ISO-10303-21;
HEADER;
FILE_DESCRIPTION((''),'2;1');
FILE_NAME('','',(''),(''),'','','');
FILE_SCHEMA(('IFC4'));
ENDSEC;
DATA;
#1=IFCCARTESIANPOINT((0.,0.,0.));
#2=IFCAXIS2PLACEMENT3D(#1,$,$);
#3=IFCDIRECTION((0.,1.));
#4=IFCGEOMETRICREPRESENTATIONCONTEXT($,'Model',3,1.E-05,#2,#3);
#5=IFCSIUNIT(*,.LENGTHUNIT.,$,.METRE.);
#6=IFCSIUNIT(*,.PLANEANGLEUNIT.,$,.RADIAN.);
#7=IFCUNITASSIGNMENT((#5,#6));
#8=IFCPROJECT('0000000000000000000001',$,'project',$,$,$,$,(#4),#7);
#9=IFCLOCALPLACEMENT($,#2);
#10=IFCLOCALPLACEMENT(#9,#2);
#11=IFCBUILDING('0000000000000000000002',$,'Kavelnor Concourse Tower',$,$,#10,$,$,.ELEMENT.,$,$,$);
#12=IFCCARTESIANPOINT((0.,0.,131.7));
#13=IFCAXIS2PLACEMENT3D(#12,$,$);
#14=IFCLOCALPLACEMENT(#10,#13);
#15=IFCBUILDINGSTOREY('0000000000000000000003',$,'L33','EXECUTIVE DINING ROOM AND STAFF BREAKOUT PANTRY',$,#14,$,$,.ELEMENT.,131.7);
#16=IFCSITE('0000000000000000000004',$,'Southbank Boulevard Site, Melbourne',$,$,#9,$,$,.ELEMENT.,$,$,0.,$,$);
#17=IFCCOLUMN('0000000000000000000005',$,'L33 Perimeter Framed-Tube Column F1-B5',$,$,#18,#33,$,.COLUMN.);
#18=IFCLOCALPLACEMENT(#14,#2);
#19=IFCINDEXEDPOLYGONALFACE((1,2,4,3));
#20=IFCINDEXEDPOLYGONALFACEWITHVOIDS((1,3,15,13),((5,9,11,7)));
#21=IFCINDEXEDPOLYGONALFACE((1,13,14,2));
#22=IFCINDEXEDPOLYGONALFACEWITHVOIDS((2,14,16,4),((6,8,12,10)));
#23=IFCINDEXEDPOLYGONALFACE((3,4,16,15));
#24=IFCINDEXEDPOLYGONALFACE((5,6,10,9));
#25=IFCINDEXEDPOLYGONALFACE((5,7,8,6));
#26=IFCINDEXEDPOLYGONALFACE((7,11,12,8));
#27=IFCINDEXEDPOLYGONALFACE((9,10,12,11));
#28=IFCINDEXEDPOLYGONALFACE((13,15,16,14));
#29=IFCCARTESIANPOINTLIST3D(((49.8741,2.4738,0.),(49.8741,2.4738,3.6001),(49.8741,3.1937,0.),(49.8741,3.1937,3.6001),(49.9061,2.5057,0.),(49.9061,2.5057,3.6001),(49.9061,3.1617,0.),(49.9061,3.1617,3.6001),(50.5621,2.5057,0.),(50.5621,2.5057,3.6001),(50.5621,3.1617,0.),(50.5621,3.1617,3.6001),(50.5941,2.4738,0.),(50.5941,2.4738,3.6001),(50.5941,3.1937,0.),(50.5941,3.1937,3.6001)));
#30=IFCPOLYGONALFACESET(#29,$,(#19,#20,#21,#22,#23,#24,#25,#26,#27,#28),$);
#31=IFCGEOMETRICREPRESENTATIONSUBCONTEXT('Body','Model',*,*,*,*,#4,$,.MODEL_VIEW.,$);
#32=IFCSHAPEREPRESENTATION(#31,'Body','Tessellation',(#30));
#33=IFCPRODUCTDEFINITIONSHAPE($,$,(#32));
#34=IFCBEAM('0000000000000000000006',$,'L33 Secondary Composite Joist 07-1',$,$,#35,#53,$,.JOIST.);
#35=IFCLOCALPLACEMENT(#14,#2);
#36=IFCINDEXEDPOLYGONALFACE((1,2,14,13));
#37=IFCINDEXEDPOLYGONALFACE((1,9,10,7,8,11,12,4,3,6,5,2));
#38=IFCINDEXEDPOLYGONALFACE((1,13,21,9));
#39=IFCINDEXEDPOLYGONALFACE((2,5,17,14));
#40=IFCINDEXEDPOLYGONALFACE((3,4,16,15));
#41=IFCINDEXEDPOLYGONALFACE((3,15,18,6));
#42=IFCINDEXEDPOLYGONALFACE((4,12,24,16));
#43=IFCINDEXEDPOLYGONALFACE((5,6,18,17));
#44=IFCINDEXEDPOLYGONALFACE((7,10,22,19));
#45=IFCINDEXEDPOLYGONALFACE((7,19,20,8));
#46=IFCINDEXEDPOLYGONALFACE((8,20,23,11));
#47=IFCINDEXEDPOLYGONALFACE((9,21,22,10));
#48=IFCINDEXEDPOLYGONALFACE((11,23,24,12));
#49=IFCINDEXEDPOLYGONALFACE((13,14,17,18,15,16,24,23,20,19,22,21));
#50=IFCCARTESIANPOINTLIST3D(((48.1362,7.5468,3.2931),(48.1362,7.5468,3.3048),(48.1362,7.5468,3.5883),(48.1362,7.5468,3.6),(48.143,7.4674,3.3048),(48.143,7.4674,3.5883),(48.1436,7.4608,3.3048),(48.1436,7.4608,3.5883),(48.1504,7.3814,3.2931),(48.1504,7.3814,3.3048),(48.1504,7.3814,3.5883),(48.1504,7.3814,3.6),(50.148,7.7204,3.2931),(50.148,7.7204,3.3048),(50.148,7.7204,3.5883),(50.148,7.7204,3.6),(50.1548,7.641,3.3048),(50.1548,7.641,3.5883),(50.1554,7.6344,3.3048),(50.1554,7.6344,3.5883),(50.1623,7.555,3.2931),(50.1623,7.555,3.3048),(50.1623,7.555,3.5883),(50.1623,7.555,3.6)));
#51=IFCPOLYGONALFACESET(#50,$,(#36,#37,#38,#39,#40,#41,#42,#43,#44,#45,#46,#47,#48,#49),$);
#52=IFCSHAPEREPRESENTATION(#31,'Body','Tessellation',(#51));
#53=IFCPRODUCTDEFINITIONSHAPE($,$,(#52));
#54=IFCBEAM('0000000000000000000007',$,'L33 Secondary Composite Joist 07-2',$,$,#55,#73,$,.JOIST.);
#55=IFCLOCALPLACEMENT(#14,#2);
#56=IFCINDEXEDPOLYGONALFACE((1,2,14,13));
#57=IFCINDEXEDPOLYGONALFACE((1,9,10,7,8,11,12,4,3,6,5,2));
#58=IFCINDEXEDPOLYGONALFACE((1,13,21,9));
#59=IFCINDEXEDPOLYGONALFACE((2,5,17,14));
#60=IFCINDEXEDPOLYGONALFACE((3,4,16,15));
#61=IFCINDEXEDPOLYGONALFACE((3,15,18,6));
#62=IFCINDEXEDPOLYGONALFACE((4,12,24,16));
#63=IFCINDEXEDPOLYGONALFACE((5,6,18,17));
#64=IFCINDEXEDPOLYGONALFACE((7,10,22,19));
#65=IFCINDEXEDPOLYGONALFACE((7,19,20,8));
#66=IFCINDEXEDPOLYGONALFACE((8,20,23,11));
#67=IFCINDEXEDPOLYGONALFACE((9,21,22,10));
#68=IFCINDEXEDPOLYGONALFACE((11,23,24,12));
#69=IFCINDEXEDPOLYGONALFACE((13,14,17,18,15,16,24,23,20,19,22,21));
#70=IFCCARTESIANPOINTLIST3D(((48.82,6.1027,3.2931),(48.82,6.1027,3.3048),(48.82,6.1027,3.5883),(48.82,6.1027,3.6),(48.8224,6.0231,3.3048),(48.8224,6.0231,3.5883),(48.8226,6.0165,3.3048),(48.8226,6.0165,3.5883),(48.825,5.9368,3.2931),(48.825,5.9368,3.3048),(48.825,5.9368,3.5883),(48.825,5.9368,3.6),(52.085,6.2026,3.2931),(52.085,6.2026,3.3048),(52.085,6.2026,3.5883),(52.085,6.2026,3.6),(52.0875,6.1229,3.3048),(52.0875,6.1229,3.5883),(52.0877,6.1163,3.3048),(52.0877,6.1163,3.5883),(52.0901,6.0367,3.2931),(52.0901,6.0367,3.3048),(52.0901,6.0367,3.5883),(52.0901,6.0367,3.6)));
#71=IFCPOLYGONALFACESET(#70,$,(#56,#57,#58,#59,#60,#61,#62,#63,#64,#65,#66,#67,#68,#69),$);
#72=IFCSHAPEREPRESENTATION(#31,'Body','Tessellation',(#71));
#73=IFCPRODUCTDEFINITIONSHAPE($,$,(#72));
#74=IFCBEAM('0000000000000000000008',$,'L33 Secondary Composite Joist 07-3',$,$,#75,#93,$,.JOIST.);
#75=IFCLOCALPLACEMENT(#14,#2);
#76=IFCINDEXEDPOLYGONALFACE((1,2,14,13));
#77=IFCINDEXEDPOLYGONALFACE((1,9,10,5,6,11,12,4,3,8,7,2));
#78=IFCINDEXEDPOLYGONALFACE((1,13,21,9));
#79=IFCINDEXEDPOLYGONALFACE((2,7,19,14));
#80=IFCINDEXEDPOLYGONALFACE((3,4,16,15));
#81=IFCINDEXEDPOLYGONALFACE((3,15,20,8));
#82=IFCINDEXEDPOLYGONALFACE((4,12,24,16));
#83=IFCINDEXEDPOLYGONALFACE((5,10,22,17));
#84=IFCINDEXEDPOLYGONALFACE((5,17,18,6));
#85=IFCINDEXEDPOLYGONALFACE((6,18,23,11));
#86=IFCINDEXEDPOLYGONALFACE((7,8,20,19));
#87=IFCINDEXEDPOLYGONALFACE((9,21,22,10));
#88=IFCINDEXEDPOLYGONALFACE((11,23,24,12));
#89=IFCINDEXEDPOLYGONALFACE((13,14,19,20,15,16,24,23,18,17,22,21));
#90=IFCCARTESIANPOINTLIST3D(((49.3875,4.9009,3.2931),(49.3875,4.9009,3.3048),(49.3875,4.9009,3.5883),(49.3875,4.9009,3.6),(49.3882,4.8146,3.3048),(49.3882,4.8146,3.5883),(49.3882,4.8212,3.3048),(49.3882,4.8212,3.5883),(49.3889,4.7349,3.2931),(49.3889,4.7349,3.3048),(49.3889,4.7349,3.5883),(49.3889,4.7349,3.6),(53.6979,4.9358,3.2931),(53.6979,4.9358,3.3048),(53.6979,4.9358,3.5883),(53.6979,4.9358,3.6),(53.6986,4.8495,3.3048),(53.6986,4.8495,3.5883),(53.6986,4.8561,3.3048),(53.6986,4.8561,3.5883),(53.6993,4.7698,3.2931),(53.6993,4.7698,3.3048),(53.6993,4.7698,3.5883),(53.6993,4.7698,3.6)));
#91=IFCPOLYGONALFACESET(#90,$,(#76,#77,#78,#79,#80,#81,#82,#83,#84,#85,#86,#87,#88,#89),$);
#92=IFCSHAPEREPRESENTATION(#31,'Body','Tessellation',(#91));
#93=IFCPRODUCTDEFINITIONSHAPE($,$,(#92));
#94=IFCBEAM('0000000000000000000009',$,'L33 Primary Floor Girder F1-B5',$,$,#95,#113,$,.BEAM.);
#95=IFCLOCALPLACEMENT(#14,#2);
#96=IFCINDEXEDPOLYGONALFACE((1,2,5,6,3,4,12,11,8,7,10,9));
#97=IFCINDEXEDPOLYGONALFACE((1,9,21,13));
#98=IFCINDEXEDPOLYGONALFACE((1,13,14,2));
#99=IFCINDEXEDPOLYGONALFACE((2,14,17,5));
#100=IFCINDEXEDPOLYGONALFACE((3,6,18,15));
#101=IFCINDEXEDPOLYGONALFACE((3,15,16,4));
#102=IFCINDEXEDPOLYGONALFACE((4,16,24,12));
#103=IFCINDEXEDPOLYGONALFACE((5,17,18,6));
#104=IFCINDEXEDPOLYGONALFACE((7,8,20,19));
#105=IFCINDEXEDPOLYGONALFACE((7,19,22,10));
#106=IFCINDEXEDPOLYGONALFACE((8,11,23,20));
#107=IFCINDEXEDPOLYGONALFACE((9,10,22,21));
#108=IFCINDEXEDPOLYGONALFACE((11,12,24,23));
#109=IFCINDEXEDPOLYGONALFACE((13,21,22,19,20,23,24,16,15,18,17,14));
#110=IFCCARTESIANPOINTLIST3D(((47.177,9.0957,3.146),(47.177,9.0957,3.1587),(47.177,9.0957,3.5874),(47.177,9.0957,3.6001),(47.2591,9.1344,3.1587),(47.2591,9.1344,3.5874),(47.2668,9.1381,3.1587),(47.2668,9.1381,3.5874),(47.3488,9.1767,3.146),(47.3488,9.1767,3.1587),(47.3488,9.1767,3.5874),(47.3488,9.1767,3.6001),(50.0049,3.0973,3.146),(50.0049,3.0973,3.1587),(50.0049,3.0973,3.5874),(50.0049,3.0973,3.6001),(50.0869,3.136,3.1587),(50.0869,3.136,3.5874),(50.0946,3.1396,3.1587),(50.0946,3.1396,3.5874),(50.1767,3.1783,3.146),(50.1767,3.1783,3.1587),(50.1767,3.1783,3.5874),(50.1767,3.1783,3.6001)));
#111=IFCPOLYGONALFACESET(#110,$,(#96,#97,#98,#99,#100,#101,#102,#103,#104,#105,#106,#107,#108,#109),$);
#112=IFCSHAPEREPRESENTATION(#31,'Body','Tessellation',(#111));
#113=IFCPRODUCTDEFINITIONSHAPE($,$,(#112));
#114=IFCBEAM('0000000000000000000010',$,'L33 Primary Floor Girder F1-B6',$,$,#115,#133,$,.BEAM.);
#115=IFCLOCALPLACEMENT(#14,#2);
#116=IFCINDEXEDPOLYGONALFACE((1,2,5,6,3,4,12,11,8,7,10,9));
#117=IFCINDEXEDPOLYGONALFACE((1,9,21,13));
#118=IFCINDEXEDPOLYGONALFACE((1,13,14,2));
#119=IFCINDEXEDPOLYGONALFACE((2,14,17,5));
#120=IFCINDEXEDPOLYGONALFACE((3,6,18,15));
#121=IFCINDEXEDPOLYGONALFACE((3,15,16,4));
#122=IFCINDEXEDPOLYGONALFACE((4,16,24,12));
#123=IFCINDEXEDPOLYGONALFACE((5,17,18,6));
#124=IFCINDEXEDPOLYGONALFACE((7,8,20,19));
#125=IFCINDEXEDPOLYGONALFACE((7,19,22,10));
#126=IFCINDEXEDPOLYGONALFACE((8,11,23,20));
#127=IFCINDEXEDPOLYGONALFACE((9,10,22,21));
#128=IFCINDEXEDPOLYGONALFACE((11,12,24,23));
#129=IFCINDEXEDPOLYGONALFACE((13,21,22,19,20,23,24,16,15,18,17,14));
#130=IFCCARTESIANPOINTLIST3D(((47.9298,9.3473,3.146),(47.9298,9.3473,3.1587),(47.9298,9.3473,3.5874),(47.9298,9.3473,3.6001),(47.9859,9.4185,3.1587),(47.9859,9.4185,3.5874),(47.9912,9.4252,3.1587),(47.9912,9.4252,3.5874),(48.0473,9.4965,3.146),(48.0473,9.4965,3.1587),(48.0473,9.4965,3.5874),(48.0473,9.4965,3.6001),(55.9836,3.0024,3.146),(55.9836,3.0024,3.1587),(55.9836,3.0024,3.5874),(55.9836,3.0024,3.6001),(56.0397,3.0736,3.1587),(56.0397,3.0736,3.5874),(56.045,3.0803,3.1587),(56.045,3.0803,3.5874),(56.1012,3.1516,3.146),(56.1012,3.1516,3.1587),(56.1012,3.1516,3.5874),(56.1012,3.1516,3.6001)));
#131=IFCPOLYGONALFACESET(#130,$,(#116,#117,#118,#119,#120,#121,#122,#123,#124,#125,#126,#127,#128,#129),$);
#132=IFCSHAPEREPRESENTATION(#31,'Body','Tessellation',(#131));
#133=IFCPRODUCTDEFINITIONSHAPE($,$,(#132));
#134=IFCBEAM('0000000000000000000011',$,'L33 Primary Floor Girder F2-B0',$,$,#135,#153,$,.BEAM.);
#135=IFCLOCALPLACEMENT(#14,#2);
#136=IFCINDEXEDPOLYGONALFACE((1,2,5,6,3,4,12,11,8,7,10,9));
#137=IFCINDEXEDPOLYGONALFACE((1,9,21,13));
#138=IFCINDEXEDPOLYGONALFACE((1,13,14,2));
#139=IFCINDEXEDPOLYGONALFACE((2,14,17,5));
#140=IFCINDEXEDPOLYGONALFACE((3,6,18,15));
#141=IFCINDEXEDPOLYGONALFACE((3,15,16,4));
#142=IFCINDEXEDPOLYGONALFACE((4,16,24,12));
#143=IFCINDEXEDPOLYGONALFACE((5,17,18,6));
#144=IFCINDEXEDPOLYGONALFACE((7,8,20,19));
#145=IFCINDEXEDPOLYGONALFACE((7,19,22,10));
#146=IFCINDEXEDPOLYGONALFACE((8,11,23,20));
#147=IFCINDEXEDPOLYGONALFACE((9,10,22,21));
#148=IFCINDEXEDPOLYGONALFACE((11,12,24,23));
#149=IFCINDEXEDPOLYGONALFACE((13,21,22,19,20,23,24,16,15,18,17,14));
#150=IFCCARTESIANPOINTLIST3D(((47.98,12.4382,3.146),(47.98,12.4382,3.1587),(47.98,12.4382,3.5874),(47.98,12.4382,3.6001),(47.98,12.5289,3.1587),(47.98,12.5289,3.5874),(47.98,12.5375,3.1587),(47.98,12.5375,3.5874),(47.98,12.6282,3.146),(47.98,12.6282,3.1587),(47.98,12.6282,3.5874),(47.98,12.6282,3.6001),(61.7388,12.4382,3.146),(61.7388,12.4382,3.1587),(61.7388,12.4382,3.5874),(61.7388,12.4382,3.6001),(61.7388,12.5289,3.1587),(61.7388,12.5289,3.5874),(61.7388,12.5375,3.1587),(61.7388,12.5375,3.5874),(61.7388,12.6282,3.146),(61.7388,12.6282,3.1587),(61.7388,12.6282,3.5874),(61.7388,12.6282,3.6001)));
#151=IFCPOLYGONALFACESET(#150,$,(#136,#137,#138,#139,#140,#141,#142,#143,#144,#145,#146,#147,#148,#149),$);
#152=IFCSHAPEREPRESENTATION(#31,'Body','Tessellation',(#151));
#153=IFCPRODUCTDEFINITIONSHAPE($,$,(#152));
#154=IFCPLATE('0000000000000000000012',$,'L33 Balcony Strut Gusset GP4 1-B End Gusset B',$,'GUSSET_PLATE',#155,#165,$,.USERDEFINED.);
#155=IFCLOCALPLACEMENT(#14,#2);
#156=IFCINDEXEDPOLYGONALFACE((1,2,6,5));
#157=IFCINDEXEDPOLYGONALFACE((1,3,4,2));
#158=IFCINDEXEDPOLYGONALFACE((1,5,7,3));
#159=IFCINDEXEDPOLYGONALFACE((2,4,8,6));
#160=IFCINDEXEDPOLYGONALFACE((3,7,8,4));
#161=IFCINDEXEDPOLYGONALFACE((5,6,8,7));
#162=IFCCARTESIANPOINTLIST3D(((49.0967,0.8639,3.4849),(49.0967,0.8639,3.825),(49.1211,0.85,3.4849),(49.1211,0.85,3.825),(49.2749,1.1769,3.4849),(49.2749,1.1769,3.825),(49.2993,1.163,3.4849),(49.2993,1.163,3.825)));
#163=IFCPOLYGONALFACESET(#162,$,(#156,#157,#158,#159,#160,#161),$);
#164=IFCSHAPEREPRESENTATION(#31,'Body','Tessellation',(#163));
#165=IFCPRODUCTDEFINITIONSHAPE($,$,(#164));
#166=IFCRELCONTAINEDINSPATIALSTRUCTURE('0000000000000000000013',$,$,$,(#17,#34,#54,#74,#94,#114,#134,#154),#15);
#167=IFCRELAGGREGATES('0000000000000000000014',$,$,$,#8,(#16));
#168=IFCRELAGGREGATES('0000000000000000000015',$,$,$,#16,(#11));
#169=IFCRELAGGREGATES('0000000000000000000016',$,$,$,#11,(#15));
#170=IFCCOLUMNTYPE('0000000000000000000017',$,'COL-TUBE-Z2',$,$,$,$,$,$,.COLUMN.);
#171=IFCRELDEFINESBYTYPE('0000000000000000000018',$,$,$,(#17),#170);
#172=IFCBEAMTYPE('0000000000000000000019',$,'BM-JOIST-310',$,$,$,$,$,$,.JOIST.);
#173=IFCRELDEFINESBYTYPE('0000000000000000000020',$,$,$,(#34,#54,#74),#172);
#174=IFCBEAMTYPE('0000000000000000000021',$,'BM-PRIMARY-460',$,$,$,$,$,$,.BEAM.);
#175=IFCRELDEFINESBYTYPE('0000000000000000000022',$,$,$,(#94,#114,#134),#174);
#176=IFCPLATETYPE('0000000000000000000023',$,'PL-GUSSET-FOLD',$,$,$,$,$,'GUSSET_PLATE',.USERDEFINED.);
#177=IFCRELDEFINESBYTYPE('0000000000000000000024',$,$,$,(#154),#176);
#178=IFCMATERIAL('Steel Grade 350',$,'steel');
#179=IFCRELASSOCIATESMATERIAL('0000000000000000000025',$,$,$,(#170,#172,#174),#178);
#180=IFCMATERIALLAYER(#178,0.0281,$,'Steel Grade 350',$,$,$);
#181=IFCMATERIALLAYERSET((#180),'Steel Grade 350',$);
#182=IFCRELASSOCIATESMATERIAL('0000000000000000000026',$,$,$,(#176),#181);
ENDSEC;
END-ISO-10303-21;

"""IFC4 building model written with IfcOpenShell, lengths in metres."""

from ifc_helpers import new_model, si_unit, direction, frame, origin, origin_2d, place, context, subcontext, project, spatial, rectangle, hollow_rectangle, i_section, extrude, material, layer, layer_set, material_profile, profile_set, type_object, element, save


model = new_model("IFC4")

# Units and contexts
model_context = context("Model", 3, precision=1e-05, world=origin(), true_north=direction((0.0, 1.0)))
body_context = subcontext(model_context, "Body", "Model", "MODEL_VIEW")
ifc_project = project(units=[si_unit("LENGTHUNIT", "METRE"), si_unit("PLANEANGLEUNIT", "RADIAN")], contexts=[model_context])

# Site, building, storey
site_placement = place(None, origin())
site = spatial("IfcSite", under=ifc_project, at=site_placement, Name="Southbank Boulevard Site, Melbourne", CompositionType="ELEMENT", RefElevation=0.0)
building_placement = place(site_placement, origin())
building = spatial("IfcBuilding", under=site, at=building_placement, Name="Kavelnor Concourse Tower", CompositionType="ELEMENT")
storey_placement = place(building_placement, frame((0.0, 0.0, 131.7)))
storey = spatial("IfcBuildingStorey", under=building, at=storey_placement, Name="L33", Description="EXECUTIVE DINING ROOM AND STAFF BREAKOUT PANTRY", CompositionType="ELEMENT", Elevation=131.7)

# Column
ifc_material_1 = material(Name="Steel Grade 350", Category="steel")
ifc_material_profile_1 = material_profile(ifc_material_1, hollow_rectangle(XDim=0.72, YDim=0.72, WallThickness=0.032, at=origin_2d()), Name="SHS 720x720x32")
ifc_profile_set_1 = profile_set([ifc_material_profile_1], Name="Steel Grade 350")
column_type = type_object("IfcColumnType", Name="COL-TUBE-Z2", PredefinedType="COLUMN", material=ifc_profile_set_1)
column_placement = place(storey_placement, frame((50.2341, 2.8337, 0.0), z_axis=(0.0, 0.0, 1.0), x_axis=(1.0, 0.0, 0.0)))
element("IfcColumn", 1, at=column_placement, inside=storey, type_object=column_type, Name="L33 Perimeter Framed-Tube Column F1-B5", PredefinedType="COLUMN", context=body_context, shape_type="SweptSolid", body=[
    extrude(hollow_rectangle(XDim=0.72, YDim=0.72, WallThickness=0.032, at=origin_2d()), origin(), (0.0, 0.0, 1.0), 3.6001),
])

# Beams
ifc_material_profile_2 = material_profile(ifc_material_1, i_section(OverallWidth=0.166, OverallDepth=0.3069, WebThickness=0.0066, FlangeThickness=0.0117, at=origin_2d()), Name="310UB46")
ifc_profile_set_2 = profile_set([ifc_material_profile_2], Name="Steel Grade 350")
beam_type_1 = type_object("IfcBeamType", Name="BM-JOIST-310", PredefinedType="JOIST", material=ifc_profile_set_2)
beam_1_placement = place(storey_placement, frame((48.1433, 7.4641, 3.4465), z_axis=(0.996298, 0.085967, 0.0), x_axis=(-0.085967, 0.996298, 0.0)))
element("IfcBeam", 2, at=beam_1_placement, inside=storey, type_object=beam_type_1, Name="L33 Secondary Composite Joist 07-1", PredefinedType="JOIST", context=body_context, shape_type="SweptSolid", body=[
    extrude(i_section(OverallWidth=0.166, OverallDepth=0.3069, WebThickness=0.0066, FlangeThickness=0.0117, at=origin_2d()), origin(), (0.0, 0.0, 1.0), 2.0193),
])
beam_2_placement = place(storey_placement, frame((48.8225, 6.0198, 3.4465), z_axis=(0.999533, 0.030567, 0.0), x_axis=(-0.030567, 0.999533, 0.0)))
element("IfcBeam", 3, at=beam_2_placement, inside=storey, type_object=beam_type_1, Name="L33 Secondary Composite Joist 07-2", PredefinedType="JOIST", context=body_context, shape_type="SweptSolid", body=[
    extrude(i_section(OverallWidth=0.166, OverallDepth=0.3069, WebThickness=0.0066, FlangeThickness=0.0117, at=origin_2d()), origin(), (0.0, 0.0, 1.0), 3.2666),
])
beam_3_placement = place(storey_placement, frame((49.3882, 4.8179, 3.4465), z_axis=(0.999967, 0.008099, 0.0), x_axis=(-0.008099, 0.999967, 0.0)))
element("IfcBeam", 4, at=beam_3_placement, inside=storey, type_object=beam_type_1, Name="L33 Secondary Composite Joist 07-3", PredefinedType="JOIST", context=body_context, shape_type="SweptSolid", body=[
    extrude(i_section(OverallWidth=0.166, OverallDepth=0.3069, WebThickness=0.0066, FlangeThickness=0.0117, at=origin_2d()), origin(), (0.0, 0.0, 1.0), 4.3105),
])
ifc_material_profile_3 = material_profile(ifc_material_1, i_section(OverallWidth=0.1899, OverallDepth=0.4541, WebThickness=0.0085, FlangeThickness=0.0127, at=origin_2d()), Name="460UB67")
ifc_profile_set_3 = profile_set([ifc_material_profile_3], Name="Steel Grade 350")
beam_type_2 = type_object("IfcBeamType", Name="BM-PRIMARY-460", PredefinedType="BEAM", material=ifc_profile_set_3)
beam_4_placement = place(storey_placement, frame((47.2629, 9.1362, 3.373), z_axis=(0.426419, -0.904526, 0.0), x_axis=(0.904526, 0.426419, 0.0)))
element("IfcBeam", 5, at=beam_4_placement, inside=storey, type_object=beam_type_2, Name="L33 Primary Floor Girder F1-B5", PredefinedType="BEAM", context=body_context, shape_type="SweptSolid", body=[
    extrude(i_section(OverallWidth=0.1899, OverallDepth=0.4541, WebThickness=0.0085, FlangeThickness=0.0127, at=origin_2d()), origin(), (0.0, 0.0, 1.0), 6.6316),
])
beam_5_placement = place(storey_placement, frame((47.9885, 9.4219, 3.373), z_axis=(0.785519, -0.618838, 0.0), x_axis=(0.618838, 0.785519, 0.0)))
element("IfcBeam", 6, at=beam_5_placement, inside=storey, type_object=beam_type_2, Name="L33 Primary Floor Girder F1-B6", PredefinedType="BEAM", context=body_context, shape_type="SweptSolid", body=[
    extrude(i_section(OverallWidth=0.1899, OverallDepth=0.4541, WebThickness=0.0085, FlangeThickness=0.0127, at=origin_2d()), origin(), (0.0, 0.0, 1.0), 10.2529),
])
beam_6_placement = place(storey_placement, frame((47.98, 12.5332, 3.373), z_axis=(1.0, 0.0, 0.0), x_axis=(0.0, 1.0, 0.0)))
element("IfcBeam", 7, at=beam_6_placement, inside=storey, type_object=beam_type_2, Name="L33 Primary Floor Girder F2-B0", PredefinedType="BEAM", context=body_context, shape_type="SweptSolid", body=[
    extrude(i_section(OverallWidth=0.1899, OverallDepth=0.4541, WebThickness=0.0085, FlangeThickness=0.0127, at=origin_2d()), origin(), (0.0, 0.0, 1.0), 13.7588),
])

# Plate
ifc_layer_1 = layer(ifc_material_1, 0.0281, Name="Steel Grade 350")
ifc_layer_set_1 = layer_set([ifc_layer_1], Name="Steel Grade 350")
plate_type = type_object("IfcPlateType", Name="PL-GUSSET-FOLD", ElementType="GUSSET_PLATE", PredefinedType="USERDEFINED", material=ifc_layer_set_1)
plate_placement = place(storey_placement, frame((49.198, 1.0134, 3.4849), z_axis=(0.0, 0.0, 1.0), x_axis=(-0.4947, -0.869064, 0.0)))
element("IfcPlate", 8, at=plate_placement, inside=storey, type_object=plate_type, Name="L33 Balcony Strut Gusset GP4 1-B End Gusset B", ObjectType="GUSSET_PLATE", PredefinedType="USERDEFINED", context=body_context, shape_type="SweptSolid", body=[
    extrude(rectangle(XDim=0.3601, YDim=0.0281, at=origin_2d()), origin(), (0.0, 0.0, 1.0), 0.3401),
])

save(model, "model.ifc")
